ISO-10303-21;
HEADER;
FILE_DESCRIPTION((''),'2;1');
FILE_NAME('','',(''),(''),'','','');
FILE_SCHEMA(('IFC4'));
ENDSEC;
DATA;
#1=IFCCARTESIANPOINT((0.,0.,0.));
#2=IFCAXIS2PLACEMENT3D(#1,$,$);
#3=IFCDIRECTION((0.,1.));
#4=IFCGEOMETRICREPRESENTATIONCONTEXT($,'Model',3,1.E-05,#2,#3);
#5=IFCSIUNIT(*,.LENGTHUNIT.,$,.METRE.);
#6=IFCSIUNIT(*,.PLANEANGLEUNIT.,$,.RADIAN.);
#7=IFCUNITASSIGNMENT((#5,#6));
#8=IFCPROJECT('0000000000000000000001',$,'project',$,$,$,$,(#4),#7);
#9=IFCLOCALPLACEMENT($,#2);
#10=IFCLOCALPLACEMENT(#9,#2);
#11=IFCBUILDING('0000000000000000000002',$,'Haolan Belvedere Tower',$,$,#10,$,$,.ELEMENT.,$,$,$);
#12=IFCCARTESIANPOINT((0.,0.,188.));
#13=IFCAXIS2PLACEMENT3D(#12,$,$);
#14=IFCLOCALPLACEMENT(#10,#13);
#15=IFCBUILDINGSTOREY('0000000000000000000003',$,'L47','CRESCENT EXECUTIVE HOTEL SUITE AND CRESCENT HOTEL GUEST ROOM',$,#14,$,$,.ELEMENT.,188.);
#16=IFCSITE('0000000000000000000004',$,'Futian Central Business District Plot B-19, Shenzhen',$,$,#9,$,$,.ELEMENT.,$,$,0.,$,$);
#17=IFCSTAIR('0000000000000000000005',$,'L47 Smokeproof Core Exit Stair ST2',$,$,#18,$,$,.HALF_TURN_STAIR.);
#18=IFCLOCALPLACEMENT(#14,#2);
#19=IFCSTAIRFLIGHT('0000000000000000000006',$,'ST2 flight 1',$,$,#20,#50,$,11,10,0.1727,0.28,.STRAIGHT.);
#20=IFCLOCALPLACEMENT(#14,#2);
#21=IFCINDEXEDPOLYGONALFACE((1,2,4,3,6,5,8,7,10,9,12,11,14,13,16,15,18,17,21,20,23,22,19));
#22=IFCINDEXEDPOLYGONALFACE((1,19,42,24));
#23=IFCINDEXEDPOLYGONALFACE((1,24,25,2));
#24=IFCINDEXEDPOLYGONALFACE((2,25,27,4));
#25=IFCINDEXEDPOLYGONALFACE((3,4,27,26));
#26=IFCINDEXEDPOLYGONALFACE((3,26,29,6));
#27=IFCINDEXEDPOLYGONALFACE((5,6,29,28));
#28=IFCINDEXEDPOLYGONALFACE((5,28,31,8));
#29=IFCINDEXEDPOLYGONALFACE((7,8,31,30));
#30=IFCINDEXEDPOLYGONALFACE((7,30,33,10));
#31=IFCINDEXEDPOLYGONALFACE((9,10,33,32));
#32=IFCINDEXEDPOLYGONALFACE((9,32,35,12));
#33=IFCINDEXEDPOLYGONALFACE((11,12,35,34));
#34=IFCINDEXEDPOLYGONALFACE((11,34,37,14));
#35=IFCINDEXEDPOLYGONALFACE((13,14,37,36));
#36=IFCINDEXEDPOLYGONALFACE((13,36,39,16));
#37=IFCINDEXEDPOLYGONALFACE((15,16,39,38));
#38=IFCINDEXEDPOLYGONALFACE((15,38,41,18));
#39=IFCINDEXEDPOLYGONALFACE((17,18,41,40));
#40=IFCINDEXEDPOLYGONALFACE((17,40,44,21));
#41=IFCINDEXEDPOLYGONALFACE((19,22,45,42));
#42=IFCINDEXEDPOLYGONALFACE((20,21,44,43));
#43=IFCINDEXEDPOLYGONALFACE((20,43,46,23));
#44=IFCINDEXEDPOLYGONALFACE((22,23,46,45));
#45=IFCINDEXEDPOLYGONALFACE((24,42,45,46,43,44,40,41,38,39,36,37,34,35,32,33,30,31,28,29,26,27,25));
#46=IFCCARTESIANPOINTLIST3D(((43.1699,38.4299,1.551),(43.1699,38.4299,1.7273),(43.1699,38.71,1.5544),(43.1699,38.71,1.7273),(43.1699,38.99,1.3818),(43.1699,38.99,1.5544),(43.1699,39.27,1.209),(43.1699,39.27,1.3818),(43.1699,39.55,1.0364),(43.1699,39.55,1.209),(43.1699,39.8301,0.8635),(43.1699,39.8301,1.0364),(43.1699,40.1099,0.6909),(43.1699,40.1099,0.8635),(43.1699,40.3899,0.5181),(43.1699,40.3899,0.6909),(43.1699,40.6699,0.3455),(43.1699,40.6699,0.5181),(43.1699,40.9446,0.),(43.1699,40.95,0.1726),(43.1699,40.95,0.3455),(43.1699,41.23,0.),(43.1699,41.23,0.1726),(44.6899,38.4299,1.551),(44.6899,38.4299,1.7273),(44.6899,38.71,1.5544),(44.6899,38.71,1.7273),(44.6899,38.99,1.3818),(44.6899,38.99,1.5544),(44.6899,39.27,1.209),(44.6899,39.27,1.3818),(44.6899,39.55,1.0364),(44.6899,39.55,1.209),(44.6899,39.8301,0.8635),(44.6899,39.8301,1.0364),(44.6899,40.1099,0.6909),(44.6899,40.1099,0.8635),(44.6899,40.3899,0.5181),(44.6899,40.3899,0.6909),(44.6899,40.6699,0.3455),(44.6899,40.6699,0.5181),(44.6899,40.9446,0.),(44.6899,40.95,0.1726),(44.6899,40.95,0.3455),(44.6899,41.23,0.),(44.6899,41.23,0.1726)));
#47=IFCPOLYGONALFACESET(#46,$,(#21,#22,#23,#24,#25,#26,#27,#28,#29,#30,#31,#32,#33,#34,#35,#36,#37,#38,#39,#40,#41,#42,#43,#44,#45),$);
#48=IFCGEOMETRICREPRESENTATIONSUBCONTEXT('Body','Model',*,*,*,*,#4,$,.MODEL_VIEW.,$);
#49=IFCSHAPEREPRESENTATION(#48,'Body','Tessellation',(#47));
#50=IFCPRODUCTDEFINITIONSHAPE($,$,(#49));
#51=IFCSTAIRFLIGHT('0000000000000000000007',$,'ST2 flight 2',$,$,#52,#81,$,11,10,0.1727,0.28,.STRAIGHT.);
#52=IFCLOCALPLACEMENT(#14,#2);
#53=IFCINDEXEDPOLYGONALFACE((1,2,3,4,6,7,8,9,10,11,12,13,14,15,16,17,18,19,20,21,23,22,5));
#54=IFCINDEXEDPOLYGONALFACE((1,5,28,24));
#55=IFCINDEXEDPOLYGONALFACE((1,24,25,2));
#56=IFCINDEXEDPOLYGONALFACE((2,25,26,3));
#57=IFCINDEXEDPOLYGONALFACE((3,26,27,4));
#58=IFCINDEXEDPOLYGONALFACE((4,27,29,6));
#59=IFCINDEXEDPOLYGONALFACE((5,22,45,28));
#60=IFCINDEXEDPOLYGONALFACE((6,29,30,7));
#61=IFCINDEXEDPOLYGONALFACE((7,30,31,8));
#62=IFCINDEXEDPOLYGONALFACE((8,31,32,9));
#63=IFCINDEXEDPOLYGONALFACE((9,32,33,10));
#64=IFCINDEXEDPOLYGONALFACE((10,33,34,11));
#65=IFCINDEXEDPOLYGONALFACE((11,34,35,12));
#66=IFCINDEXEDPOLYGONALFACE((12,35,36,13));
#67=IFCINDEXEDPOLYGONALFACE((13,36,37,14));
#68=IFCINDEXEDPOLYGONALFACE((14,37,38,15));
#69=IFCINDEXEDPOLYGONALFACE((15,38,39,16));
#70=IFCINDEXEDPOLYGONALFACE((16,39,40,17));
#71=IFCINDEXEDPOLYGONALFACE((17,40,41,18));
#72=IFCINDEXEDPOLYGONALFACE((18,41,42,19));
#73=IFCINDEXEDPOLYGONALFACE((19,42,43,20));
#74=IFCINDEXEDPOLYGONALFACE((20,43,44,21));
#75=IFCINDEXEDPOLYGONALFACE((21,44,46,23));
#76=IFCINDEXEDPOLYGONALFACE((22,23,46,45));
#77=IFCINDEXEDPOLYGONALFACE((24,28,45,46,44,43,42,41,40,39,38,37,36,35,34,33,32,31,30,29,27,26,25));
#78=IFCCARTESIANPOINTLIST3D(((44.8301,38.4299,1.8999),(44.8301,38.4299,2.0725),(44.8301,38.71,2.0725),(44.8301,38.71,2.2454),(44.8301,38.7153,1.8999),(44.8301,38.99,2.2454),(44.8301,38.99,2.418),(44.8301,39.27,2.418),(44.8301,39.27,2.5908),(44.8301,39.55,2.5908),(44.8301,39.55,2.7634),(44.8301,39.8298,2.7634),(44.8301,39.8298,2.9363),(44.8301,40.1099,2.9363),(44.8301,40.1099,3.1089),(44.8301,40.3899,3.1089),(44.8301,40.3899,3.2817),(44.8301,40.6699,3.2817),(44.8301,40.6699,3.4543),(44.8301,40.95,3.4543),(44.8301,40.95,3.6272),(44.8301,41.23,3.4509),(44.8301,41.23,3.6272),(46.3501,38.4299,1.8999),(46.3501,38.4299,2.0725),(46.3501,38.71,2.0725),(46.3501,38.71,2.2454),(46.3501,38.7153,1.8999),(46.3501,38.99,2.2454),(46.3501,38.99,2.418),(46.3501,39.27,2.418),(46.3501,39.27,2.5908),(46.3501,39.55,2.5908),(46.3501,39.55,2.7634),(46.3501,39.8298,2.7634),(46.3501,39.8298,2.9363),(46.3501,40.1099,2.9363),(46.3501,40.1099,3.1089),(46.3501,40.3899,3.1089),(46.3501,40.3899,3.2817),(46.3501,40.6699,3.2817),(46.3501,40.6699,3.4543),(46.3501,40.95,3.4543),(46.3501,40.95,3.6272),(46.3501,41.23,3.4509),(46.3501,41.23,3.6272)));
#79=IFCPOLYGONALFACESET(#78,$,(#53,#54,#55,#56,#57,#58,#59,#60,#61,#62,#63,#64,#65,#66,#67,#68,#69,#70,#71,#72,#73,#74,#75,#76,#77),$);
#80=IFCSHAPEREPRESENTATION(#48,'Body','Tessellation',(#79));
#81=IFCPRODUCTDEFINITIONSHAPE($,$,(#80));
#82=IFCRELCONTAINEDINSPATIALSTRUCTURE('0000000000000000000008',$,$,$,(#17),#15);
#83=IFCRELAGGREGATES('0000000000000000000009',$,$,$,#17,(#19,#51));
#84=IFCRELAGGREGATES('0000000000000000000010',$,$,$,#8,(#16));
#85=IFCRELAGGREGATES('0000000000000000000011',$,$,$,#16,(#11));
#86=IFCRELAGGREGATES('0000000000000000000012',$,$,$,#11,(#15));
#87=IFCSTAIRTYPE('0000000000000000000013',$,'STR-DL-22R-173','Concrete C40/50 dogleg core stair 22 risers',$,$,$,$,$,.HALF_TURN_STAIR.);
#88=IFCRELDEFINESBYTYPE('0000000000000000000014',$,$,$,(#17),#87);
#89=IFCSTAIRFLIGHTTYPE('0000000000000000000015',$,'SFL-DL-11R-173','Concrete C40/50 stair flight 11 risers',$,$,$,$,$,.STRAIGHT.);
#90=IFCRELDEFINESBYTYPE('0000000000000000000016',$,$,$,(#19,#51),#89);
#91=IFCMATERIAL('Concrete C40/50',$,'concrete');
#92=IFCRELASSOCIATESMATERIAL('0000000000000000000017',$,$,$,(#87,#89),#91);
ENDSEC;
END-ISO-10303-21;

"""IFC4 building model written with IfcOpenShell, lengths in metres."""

from ifc_helpers import new_model, si_unit, direction, frame, origin, place, context, subcontext, project, spatial, polyline, outline, extrude, material, type_object, element, aggregate, save


model = new_model("IFC4")

# Units and contexts
model_context = context("Model", 3, precision=1e-05, world=origin(), true_north=direction((0.0, 1.0)))
body_context = subcontext(model_context, "Body", "Model", "MODEL_VIEW")
ifc_project = project(units=[si_unit("LENGTHUNIT", "METRE"), si_unit("PLANEANGLEUNIT", "RADIAN")], contexts=[model_context])

# Site, building, storey
site_placement = place(None, origin())
site = spatial("IfcSite", under=ifc_project, at=site_placement, Name="Futian Central Business District Plot B-19, Shenzhen", CompositionType="ELEMENT", RefElevation=0.0)
building_placement = place(site_placement, origin())
building = spatial("IfcBuilding", under=site, at=building_placement, Name="Haolan Belvedere Tower", CompositionType="ELEMENT")
storey_placement = place(building_placement, frame((0.0, 0.0, 188.0)))
storey = spatial("IfcBuildingStorey", under=building, at=storey_placement, Name="L47", Description="CRESCENT EXECUTIVE HOTEL SUITE AND CRESCENT HOTEL GUEST ROOM", CompositionType="ELEMENT", Elevation=188.0)

# Shared definitions
ifc_material_1 = material(Name="Concrete C40/50", Category="concrete")

# Shared definitions
stair_type = type_object("IfcStairType", Name="STR-DL-22R-173", Description="Concrete C40/50 dogleg core stair 22 risers", PredefinedType="HALF_TURN_STAIR", material=ifc_material_1)
stair_flight_type = type_object("IfcStairFlightType", Name="SFL-DL-11R-173", Description="Concrete C40/50 stair flight 11 risers", PredefinedType="STRAIGHT", material=ifc_material_1)

# Stair, stair flights
stair_1_placement = place(storey_placement, origin())
stair_1 = element("IfcStair", 1, at=stair_1_placement, inside=storey, type_object=stair_type, Name="L47 Smokeproof Core Exit Stair ST2", PredefinedType="HALF_TURN_STAIR")
stair_flight_1_placement = place(storey_placement, frame((43.9299, 41.23, 0.0), z_axis=(0.0, 0.0, 1.0), x_axis=(0.0, -1.0, 0.0)))
stair_flight_1 = element("IfcStairFlight", 2, at=stair_flight_1_placement, type_object=stair_flight_type, Name="ST2 flight 1", NumberOfRisers=11, NumberOfTreads=10, PredefinedType="STRAIGHT", RiserHeight=0.1727, TreadLength=0.28, context=body_context, shape_type="SweptSolid", body=[
    extrude(outline(polyline([(0.0, 0.0), (0.0, 0.1726), (0.28, 0.1726), (0.28, 0.3455), (0.5601, 0.3455), (0.5601, 0.5181), (0.8401, 0.5181), (0.8401, 0.6909), (1.1201, 0.6909), (1.1201, 0.8635), (1.3999, 0.8635), (1.3999, 1.0364), (1.6799, 1.0364), (1.6799, 1.209), (1.96, 1.209), (1.96, 1.3818), (2.24, 1.3818), (2.24, 1.5544), (2.52, 1.5544), (2.52, 1.7273), (2.8, 1.7273), (2.8, 1.8999), (2.8, 1.551), (0.2854, 0.0), (0.0, 0.0)])), frame((0.0, 0.76, 0.0), z_axis=(0.0, -1.0, 0.0), x_axis=(1.0, 0.0, 0.0)), (0.0, 0.0, 1.0), 1.52),
])
stair_flight_2_placement = place(storey_placement, frame((45.5901, 38.4299, 1.8999), z_axis=(0.0, 0.0, 1.0), x_axis=(0.0, 1.0, 0.0)))
stair_flight_2 = element("IfcStairFlight", 3, at=stair_flight_2_placement, type_object=stair_flight_type, Name="ST2 flight 2", NumberOfRisers=11, NumberOfTreads=10, PredefinedType="STRAIGHT", RiserHeight=0.1727, TreadLength=0.28, context=body_context, shape_type="SweptSolid", body=[
    extrude(outline(polyline([(0.0, 0.0), (0.0, 0.1726), (0.28, 0.1726), (0.28, 0.3455), (0.5601, 0.3455), (0.5601, 0.5181), (0.8401, 0.5181), (0.8401, 0.6909), (1.1201, 0.6909), (1.1201, 0.8635), (1.3999, 0.8635), (1.3999, 1.0364), (1.6799, 1.0364), (1.6799, 1.209), (1.96, 1.209), (1.96, 1.3818), (2.24, 1.3818), (2.24, 1.5544), (2.52, 1.5544), (2.52, 1.7273), (2.8, 1.7273), (2.8, 1.8999), (2.8, 1.551), (0.2854, 0.0), (0.0, 0.0)])), frame((0.0, 0.76, 0.0), z_axis=(0.0, -1.0, 0.0), x_axis=(1.0, 0.0, 0.0)), (0.0, 0.0, 1.0), 1.52),
])
aggregate(stair_1, [stair_flight_1, stair_flight_2])

save(model, "model.ifc")
